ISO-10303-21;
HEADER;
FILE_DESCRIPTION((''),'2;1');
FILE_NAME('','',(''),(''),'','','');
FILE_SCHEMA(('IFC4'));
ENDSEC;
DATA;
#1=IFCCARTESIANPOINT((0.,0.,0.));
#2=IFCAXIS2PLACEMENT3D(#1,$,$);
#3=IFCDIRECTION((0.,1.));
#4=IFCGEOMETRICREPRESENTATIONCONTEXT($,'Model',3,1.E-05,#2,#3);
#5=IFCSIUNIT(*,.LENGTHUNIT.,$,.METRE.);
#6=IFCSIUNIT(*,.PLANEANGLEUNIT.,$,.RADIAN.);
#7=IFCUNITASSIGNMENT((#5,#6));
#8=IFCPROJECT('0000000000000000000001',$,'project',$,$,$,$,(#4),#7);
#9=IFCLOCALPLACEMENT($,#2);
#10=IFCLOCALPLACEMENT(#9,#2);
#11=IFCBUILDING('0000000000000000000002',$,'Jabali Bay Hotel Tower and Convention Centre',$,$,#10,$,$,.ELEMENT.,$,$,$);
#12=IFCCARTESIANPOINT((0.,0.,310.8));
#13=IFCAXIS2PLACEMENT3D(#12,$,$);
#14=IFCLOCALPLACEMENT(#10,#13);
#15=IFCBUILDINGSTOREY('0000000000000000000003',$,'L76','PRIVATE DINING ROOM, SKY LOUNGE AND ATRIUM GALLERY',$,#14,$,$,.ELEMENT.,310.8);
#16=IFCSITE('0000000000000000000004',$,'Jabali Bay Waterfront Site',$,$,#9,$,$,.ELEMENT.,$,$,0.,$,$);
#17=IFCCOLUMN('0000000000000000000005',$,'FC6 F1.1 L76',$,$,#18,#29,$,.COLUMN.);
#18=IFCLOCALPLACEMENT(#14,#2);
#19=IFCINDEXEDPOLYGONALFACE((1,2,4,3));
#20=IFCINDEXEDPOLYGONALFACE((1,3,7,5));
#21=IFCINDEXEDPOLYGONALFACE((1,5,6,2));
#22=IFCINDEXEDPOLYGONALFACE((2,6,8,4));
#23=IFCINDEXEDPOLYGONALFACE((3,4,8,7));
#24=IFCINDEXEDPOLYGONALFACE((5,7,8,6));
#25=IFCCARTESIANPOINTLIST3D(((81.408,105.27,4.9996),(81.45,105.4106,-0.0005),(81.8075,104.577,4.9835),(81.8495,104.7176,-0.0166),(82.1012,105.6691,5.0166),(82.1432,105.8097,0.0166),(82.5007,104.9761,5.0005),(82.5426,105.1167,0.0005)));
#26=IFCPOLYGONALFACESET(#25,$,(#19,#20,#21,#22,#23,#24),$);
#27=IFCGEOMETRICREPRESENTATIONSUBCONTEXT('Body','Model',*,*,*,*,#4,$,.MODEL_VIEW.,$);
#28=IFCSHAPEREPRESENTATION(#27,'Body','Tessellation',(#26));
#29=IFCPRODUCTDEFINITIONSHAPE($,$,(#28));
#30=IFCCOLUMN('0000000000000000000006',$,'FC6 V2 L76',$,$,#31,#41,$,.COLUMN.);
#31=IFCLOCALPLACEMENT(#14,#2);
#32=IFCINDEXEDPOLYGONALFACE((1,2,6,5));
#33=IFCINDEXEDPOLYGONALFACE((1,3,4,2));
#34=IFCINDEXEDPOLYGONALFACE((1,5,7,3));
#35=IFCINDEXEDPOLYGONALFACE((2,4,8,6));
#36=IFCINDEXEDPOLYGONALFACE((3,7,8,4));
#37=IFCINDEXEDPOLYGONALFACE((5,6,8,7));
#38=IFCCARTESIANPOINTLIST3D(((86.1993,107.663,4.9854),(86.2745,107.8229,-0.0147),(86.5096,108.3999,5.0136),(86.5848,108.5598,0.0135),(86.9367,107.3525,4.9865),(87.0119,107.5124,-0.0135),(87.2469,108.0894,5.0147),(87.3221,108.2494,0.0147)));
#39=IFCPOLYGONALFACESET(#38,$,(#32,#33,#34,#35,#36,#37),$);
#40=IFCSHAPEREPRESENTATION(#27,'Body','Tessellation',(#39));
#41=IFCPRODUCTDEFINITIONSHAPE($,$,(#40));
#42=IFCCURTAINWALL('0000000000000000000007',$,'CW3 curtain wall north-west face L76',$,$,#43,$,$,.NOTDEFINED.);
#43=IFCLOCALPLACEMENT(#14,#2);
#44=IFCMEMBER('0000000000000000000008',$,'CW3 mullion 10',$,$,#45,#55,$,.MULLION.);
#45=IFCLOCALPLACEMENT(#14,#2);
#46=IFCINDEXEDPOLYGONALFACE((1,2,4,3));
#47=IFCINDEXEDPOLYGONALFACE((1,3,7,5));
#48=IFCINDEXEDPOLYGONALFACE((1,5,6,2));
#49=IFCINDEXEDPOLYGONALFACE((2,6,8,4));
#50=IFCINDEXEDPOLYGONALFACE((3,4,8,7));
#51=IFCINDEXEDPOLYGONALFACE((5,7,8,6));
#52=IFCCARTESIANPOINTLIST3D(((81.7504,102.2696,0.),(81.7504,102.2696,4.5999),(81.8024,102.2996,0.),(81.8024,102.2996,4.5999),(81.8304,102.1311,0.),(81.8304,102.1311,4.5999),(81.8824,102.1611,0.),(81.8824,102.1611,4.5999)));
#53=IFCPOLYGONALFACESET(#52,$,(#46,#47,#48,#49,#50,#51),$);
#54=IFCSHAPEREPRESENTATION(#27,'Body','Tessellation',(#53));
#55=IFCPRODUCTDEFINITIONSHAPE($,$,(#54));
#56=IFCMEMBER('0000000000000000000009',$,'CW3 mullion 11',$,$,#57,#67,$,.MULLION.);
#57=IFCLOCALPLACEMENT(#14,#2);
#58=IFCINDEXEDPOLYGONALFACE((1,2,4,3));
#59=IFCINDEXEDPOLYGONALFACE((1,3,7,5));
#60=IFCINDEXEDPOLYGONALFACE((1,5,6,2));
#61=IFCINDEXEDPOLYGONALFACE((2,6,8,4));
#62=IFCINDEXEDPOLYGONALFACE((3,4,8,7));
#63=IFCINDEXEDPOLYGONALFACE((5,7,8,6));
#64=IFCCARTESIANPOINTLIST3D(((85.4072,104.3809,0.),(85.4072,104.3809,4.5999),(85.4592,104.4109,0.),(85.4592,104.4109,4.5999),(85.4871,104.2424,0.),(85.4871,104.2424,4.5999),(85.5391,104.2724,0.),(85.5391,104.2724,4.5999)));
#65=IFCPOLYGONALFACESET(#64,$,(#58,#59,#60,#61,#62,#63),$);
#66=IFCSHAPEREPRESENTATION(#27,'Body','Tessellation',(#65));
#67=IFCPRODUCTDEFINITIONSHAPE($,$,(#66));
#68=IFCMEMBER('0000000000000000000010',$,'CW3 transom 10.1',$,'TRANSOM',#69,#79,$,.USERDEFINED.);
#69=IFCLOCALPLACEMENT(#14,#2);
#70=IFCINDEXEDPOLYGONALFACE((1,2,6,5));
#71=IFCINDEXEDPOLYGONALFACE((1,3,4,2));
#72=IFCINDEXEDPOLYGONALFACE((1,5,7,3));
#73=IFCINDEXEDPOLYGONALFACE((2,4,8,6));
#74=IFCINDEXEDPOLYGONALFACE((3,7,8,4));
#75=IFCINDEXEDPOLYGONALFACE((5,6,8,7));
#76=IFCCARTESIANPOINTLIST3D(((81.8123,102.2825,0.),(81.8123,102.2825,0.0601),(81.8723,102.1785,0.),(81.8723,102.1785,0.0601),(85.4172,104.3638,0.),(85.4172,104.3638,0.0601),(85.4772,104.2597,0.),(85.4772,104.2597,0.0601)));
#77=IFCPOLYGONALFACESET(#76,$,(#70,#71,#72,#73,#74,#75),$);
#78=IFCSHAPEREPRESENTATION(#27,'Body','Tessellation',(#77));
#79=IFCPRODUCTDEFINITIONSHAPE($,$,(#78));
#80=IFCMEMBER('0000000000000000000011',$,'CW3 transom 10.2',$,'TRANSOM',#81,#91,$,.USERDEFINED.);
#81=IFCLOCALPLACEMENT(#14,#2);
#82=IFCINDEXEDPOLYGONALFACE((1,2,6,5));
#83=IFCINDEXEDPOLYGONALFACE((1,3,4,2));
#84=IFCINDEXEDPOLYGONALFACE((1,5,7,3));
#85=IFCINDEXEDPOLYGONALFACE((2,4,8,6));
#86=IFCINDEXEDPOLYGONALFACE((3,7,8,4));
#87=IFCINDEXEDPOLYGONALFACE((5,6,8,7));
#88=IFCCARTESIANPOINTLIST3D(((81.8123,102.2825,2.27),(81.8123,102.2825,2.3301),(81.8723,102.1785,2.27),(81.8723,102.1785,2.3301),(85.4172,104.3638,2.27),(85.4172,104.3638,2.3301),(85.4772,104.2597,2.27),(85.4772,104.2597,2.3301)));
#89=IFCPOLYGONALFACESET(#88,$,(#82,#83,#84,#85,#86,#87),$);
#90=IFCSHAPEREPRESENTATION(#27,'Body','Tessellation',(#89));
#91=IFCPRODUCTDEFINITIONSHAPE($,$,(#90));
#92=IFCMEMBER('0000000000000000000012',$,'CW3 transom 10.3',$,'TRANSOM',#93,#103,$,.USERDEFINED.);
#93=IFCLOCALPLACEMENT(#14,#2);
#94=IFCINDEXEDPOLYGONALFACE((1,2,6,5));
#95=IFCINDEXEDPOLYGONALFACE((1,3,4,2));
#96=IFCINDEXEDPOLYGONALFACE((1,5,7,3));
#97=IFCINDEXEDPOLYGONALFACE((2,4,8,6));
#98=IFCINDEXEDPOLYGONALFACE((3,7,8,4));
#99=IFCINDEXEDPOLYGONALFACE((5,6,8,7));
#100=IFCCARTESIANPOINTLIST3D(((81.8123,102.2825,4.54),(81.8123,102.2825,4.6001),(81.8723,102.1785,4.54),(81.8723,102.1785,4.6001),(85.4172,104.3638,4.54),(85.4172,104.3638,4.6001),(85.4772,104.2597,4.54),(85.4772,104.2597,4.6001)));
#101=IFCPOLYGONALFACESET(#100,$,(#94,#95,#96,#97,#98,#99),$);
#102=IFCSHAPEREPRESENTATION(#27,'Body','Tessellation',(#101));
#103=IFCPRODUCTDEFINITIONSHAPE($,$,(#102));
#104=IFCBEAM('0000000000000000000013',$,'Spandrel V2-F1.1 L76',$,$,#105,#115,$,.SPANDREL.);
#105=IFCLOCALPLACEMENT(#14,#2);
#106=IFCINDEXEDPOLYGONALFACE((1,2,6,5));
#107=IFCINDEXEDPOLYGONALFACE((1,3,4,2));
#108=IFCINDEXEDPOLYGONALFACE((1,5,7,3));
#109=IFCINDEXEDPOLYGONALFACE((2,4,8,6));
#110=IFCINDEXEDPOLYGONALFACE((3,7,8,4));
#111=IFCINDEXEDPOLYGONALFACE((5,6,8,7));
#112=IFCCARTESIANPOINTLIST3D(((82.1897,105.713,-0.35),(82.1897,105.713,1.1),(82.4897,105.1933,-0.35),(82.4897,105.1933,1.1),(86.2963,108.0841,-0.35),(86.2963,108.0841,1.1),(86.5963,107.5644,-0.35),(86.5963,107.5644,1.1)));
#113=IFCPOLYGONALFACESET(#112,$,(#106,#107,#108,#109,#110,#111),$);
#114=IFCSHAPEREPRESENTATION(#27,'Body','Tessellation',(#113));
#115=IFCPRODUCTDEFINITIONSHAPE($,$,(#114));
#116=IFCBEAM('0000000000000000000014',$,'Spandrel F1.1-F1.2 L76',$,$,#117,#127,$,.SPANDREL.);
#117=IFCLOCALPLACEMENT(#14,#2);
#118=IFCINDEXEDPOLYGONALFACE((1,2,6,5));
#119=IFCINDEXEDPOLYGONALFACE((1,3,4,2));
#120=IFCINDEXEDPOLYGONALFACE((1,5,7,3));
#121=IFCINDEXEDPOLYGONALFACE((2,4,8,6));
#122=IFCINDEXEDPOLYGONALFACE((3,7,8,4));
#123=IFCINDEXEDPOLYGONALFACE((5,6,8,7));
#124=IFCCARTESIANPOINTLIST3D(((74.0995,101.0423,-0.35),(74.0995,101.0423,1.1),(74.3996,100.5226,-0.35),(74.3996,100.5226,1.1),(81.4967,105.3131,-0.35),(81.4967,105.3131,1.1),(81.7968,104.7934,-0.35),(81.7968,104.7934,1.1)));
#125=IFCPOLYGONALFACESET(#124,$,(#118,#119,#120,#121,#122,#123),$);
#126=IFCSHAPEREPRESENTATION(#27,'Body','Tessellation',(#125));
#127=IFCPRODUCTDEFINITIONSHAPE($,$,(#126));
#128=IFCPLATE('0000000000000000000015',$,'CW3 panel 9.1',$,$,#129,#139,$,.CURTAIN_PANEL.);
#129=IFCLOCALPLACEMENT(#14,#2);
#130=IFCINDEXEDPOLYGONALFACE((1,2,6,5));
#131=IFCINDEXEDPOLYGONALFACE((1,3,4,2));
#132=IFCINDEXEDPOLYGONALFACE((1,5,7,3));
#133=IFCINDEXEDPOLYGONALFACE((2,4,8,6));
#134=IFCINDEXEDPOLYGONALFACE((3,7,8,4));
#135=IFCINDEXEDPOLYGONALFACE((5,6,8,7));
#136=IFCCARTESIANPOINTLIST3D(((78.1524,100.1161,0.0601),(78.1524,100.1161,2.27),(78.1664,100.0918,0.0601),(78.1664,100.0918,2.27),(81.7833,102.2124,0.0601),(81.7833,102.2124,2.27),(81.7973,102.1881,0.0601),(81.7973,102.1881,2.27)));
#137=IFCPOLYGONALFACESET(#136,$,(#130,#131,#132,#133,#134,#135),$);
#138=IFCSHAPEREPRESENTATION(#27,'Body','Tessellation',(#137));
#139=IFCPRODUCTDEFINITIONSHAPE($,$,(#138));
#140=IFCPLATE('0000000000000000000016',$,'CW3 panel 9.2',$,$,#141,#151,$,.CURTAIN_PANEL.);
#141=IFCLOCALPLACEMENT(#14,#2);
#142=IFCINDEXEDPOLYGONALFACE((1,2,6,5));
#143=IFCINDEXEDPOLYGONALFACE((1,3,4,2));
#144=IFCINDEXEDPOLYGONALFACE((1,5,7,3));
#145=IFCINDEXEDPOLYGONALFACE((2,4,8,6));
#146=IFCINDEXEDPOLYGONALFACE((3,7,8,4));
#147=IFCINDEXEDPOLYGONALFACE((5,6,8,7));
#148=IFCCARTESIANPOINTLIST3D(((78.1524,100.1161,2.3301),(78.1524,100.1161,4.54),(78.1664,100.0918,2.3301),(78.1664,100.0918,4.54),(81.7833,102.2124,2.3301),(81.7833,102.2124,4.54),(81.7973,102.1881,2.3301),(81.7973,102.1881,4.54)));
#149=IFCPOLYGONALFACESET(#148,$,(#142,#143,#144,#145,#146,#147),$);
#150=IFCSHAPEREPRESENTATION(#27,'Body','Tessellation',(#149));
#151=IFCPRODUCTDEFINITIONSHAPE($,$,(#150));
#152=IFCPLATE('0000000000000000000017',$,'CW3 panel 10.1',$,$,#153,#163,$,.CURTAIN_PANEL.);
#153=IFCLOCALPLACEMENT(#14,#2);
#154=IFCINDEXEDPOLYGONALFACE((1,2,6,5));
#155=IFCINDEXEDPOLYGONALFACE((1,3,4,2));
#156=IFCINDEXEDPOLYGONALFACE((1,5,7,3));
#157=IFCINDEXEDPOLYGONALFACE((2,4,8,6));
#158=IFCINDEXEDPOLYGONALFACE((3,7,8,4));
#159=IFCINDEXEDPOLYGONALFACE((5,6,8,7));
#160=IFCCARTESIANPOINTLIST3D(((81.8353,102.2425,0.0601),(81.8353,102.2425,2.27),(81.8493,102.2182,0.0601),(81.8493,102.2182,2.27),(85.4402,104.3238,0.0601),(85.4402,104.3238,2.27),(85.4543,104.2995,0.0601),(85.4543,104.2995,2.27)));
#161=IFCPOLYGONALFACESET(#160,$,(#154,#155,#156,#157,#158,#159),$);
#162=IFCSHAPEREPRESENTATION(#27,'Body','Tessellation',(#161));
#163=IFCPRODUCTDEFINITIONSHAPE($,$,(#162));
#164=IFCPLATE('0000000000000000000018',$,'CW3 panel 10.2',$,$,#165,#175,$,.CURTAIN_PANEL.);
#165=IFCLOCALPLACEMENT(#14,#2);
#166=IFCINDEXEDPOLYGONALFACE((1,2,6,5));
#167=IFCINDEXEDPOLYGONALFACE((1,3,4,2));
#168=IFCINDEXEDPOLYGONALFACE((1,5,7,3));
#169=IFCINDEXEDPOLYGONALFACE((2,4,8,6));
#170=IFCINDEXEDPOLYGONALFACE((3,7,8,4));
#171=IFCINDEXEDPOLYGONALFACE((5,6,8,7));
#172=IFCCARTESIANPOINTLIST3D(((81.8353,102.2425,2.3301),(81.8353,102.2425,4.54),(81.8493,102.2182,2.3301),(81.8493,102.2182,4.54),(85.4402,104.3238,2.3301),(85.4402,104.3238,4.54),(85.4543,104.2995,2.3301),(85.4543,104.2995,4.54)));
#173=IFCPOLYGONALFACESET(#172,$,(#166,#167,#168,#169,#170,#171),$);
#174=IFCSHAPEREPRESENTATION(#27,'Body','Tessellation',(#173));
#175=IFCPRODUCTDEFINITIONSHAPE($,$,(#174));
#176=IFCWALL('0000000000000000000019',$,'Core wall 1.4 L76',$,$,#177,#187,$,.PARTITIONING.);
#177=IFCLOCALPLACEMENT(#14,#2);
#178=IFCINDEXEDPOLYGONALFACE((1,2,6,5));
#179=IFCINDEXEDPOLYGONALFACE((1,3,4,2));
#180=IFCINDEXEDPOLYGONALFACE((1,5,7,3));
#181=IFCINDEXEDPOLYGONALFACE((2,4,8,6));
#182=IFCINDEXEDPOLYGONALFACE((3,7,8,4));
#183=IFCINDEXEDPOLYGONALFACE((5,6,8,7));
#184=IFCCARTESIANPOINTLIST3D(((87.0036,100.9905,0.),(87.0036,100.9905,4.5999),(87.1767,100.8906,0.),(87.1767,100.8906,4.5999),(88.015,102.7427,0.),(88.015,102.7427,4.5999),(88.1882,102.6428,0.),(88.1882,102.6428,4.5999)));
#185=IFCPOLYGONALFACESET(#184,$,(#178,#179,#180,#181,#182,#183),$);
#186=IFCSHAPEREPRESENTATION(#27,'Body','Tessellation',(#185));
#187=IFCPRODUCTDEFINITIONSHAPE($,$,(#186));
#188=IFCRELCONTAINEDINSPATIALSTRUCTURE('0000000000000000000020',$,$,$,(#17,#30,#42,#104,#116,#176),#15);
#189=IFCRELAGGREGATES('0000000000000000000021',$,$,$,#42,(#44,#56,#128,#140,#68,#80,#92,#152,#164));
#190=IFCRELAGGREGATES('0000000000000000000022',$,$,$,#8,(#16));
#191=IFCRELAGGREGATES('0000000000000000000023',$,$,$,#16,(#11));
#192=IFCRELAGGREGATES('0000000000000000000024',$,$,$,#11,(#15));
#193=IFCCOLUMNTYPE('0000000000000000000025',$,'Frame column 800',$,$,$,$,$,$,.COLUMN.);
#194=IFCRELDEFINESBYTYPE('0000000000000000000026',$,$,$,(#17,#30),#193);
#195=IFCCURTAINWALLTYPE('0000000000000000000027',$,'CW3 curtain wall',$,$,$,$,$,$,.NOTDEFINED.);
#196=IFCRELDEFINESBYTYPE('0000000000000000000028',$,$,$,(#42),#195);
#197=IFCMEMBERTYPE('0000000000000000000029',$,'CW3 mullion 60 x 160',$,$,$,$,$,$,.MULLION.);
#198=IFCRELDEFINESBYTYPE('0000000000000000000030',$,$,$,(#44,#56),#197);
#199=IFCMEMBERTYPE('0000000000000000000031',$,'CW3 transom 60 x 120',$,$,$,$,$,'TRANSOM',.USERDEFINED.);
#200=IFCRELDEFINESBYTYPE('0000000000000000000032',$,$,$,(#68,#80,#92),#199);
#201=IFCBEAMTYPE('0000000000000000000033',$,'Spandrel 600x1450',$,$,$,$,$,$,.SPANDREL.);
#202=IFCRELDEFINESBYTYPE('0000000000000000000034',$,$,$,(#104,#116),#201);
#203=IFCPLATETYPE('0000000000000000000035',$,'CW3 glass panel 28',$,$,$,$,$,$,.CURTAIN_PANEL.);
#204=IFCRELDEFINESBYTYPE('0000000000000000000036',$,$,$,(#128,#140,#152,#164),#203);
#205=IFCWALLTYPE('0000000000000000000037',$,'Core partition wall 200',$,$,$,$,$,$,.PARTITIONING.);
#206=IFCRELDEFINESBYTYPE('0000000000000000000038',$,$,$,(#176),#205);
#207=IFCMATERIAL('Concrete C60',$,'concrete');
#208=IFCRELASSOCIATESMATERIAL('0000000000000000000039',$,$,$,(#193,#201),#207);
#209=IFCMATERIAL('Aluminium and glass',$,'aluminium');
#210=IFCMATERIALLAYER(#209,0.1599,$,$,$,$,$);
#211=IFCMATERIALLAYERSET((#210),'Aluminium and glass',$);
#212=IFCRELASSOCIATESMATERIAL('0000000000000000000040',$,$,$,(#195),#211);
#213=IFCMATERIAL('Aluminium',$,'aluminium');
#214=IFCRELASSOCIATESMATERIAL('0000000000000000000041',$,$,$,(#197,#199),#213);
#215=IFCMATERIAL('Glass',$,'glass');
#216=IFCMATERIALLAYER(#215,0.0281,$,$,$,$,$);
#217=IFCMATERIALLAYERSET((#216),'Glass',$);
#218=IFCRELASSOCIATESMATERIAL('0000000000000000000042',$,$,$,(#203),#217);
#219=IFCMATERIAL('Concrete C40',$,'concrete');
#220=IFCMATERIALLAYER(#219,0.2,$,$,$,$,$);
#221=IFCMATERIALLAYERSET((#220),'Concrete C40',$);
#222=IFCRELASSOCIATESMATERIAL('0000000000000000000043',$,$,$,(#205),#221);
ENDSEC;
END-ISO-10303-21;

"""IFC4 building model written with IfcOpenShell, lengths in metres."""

from ifc_helpers import new_model, si_unit, direction, frame, frame_2d, origin, origin_2d, place, context, subcontext, project, spatial, rectangle, extrude, material, layer, layer_set, material_profile, profile_set, type_object, element, aggregate, save


model = new_model("IFC4")

# Units and contexts
model_context = context("Model", 3, precision=1e-05, world=origin(), true_north=direction((0.0, 1.0)))
body_context = subcontext(model_context, "Body", "Model", "MODEL_VIEW")
ifc_project = project(units=[si_unit("LENGTHUNIT", "METRE"), si_unit("PLANEANGLEUNIT", "RADIAN")], contexts=[model_context])

# Site, building, storey
site_placement = place(None, origin())
site = spatial("IfcSite", under=ifc_project, at=site_placement, Name="Jabali Bay Waterfront Site", CompositionType="ELEMENT", RefElevation=0.0)
building_placement = place(site_placement, origin())
building = spatial("IfcBuilding", under=site, at=building_placement, Name="Jabali Bay Hotel Tower and Convention Centre", CompositionType="ELEMENT")
storey_placement = place(building_placement, frame((0.0, 0.0, 310.8)))
storey = spatial("IfcBuildingStorey", under=building, at=storey_placement, Name="L76", Description="PRIVATE DINING ROOM, SKY LOUNGE AND ATRIUM GALLERY", CompositionType="ELEMENT", Elevation=310.8)

# Columns
ifc_material_1 = material(Name="Concrete C60", Category="concrete")
ifc_material_profile_1 = material_profile(ifc_material_1, rectangle(XDim=0.8, YDim=0.8, at=origin_2d()), Name="Frame column 800")
ifc_profile_set_1 = profile_set([ifc_material_profile_1], Name="Concrete C60")
column_type = type_object("IfcColumnType", Name="Frame column 800", PredefinedType="COLUMN", material=ifc_profile_set_1)
column_1_placement = place(storey_placement, frame((81.9963, 105.2637, 0.0), z_axis=(-0.008395, -0.028113, 0.99957), x_axis=(0.866396, 0.498903, 0.021308)))
element("IfcColumn", 1, at=column_1_placement, inside=storey, type_object=column_type, Name="FC6 F1.1 L76", PredefinedType="COLUMN", context=body_context, shape_type="SweptSolid", body=[
    extrude(rectangle(XDim=0.8, YDim=0.8, at=origin_2d()), origin(), (0.0, 0.0, 1.0), 5.0022),
])
column_2_placement = place(storey_placement, frame((86.7983, 108.0361, 0.0), z_axis=(-0.01503, -0.031962, 0.999376), x_axis=(0.921631, -0.388065, 0.001449)))
element("IfcColumn", 2, at=column_2_placement, inside=storey, type_object=column_type, Name="FC6 V2 L76", PredefinedType="COLUMN", context=body_context, shape_type="SweptSolid", body=[
    extrude(rectangle(XDim=0.8, YDim=0.8, at=origin_2d()), origin(), (0.0, 0.0, 1.0), 5.0032),
])

# Curtain wall, members
ifc_material_2 = material(Name="Aluminium and glass", Category="aluminium")
ifc_layer_1 = layer(ifc_material_2, 0.1599)
ifc_layer_set_1 = layer_set([ifc_layer_1], Name="Aluminium and glass")
curtain_wall_type = type_object("IfcCurtainWallType", Name="CW3 curtain wall", PredefinedType="NOTDEFINED", material=ifc_layer_set_1)
curtain_wall_placement = place(storey_placement, origin())
curtain_wall = element("IfcCurtainWall", 3, at=curtain_wall_placement, inside=storey, type_object=curtain_wall_type, Name="CW3 curtain wall north-west face L76", PredefinedType="NOTDEFINED")
ifc_material_3 = material(Name="Aluminium", Category="aluminium")
ifc_material_profile_2 = material_profile(ifc_material_3, rectangle(XDim=0.1599, YDim=0.0601, at=origin_2d()), Name="CW3 mullion 60 x 160")
ifc_profile_set_2 = profile_set([ifc_material_profile_2], Name="Aluminium")
member_type_1 = type_object("IfcMemberType", Name="CW3 mullion 60 x 160", PredefinedType="MULLION", material=ifc_profile_set_2)
member_1_placement = place(storey_placement, frame((81.8164, 102.2153, 0.0), z_axis=(0.0, 0.0, 1.0), x_axis=(-0.5, 0.866025, 0.0)))
member_1 = element("IfcMember", 4, at=member_1_placement, type_object=member_type_1, Name="CW3 mullion 10", PredefinedType="MULLION", context=body_context, shape_type="SweptSolid", body=[
    extrude(rectangle(XDim=0.1599, YDim=0.0601, at=origin_2d()), origin(), (0.0, 0.0, 1.0), 4.5999),
])
member_2_placement = place(storey_placement, frame((85.4731, 104.3267, 0.0), z_axis=(0.0, 0.0, 1.0), x_axis=(-0.5, 0.866025, 0.0)))
member_2 = element("IfcMember", 5, at=member_2_placement, type_object=member_type_1, Name="CW3 mullion 11", PredefinedType="MULLION", context=body_context, shape_type="SweptSolid", body=[
    extrude(rectangle(XDim=0.1599, YDim=0.0601, at=origin_2d()), origin(), (0.0, 0.0, 1.0), 4.5999),
])
ifc_material_profile_3 = material_profile(ifc_material_3, rectangle(XDim=0.1201, YDim=0.0601, at=origin_2d()), Name="CW3 transom 60 x 120")
ifc_profile_set_3 = profile_set([ifc_material_profile_3], Name="Aluminium")
member_type_2 = type_object("IfcMemberType", Name="CW3 transom 60 x 120", ElementType="TRANSOM", PredefinedType="USERDEFINED", material=ifc_profile_set_3)
member_3_placement = place(storey_placement, frame((81.8423, 102.2305, 0.03), z_axis=(0.866029, 0.499993, 0.0), x_axis=(-0.499993, 0.866029, 0.0)))
member_3 = element("IfcMember", 6, at=member_3_placement, type_object=member_type_2, Name="CW3 transom 10.1", ObjectType="TRANSOM", PredefinedType="USERDEFINED", context=body_context, shape_type="SweptSolid", body=[
    extrude(rectangle(XDim=0.1201, YDim=0.0601, at=origin_2d()), origin(), (0.0, 0.0, 1.0), 4.1626),
])
member_4_placement = place(storey_placement, frame((81.8423, 102.2305, 2.3), z_axis=(0.866029, 0.499993, 0.0), x_axis=(-0.499993, 0.866029, 0.0)))
member_4 = element("IfcMember", 7, at=member_4_placement, type_object=member_type_2, Name="CW3 transom 10.2", ObjectType="TRANSOM", PredefinedType="USERDEFINED", context=body_context, shape_type="SweptSolid", body=[
    extrude(rectangle(XDim=0.1201, YDim=0.0601, at=origin_2d()), origin(), (0.0, 0.0, 1.0), 4.1626),
])
member_5_placement = place(storey_placement, frame((81.8423, 102.2305, 4.5701), z_axis=(0.866029, 0.499993, 0.0), x_axis=(-0.499993, 0.866029, 0.0)))
member_5 = element("IfcMember", 8, at=member_5_placement, type_object=member_type_2, Name="CW3 transom 10.3", ObjectType="TRANSOM", PredefinedType="USERDEFINED", context=body_context, shape_type="SweptSolid", body=[
    extrude(rectangle(XDim=0.1201, YDim=0.0601, at=origin_2d()), origin(), (0.0, 0.0, 1.0), 4.1626),
])

# Beams
ifc_material_profile_4 = material_profile(ifc_material_1, rectangle(XDim=0.6001, YDim=1.45, at=origin_2d()), Name="Spandrel 600x1450")
ifc_profile_set_4 = profile_set([ifc_material_profile_4], Name="Concrete C60")
beam_type = type_object("IfcBeamType", Name="Spandrel 600x1450", PredefinedType="SPANDREL", material=ifc_profile_set_4)
beam_1_placement = place(storey_placement, frame((86.4463, 107.8242, 0.375), z_axis=(-0.866017, -0.500015, 0.0), x_axis=(0.500015, -0.866017, 0.0)))
element("IfcBeam", 9, at=beam_1_placement, inside=storey, type_object=beam_type, Name="Spandrel V2-F1.1 L76", PredefinedType="SPANDREL", context=body_context, shape_type="SweptSolid", body=[
    extrude(rectangle(XDim=0.6001, YDim=1.45, at=origin_2d()), origin(), (0.0, 0.0, 1.0), 4.7419),
])
beam_2_placement = place(storey_placement, frame((81.6467, 105.0532, 0.375), z_axis=(-0.866027, -0.499997, 0.0), x_axis=(0.499997, -0.866027, 0.0)))
element("IfcBeam", 10, at=beam_2_placement, inside=storey, type_object=beam_type, Name="Spandrel F1.1-F1.2 L76", PredefinedType="SPANDREL", context=body_context, shape_type="SweptSolid", body=[
    extrude(rectangle(XDim=0.6001, YDim=1.45, at=origin_2d()), origin(), (0.0, 0.0, 1.0), 8.5415),
])

# Plates
ifc_material_4 = material(Name="Glass", Category="glass")
ifc_layer_2 = layer(ifc_material_4, 0.0281)
ifc_layer_set_2 = layer_set([ifc_layer_2], Name="Glass")
plate_type = type_object("IfcPlateType", Name="CW3 glass panel 28", PredefinedType="CURTAIN_PANEL", material=ifc_layer_set_2)
plate_1_placement = place(storey_placement, frame((79.9749, 101.1521, 0.0601), z_axis=(0.0, 0.0, 1.0), x_axis=(0.866025, 0.5, 0.0)))
plate_1 = element("IfcPlate", 11, at=plate_1_placement, type_object=plate_type, Name="CW3 panel 9.1", PredefinedType="CURTAIN_PANEL", context=body_context, shape_type="SweptSolid", body=[
    extrude(rectangle(XDim=4.1926, YDim=0.0281, at=origin_2d()), origin(), (0.0, 0.0, 1.0), 2.21),
])
plate_2_placement = place(storey_placement, frame((79.9749, 101.1521, 2.3301), z_axis=(0.0, 0.0, 1.0), x_axis=(0.866025, 0.5, 0.0)))
plate_2 = element("IfcPlate", 12, at=plate_2_placement, type_object=plate_type, Name="CW3 panel 9.2", PredefinedType="CURTAIN_PANEL", context=body_context, shape_type="SweptSolid", body=[
    extrude(rectangle(XDim=4.1926, YDim=0.0281, at=origin_2d()), origin(), (0.0, 0.0, 1.0), 2.21),
])
plate_3_placement = place(storey_placement, frame((83.6448, 103.271, 0.0601), z_axis=(0.0, 0.0, 1.0), x_axis=(0.866025, 0.5, 0.0)))
plate_3 = element("IfcPlate", 13, at=plate_3_placement, type_object=plate_type, Name="CW3 panel 10.1", PredefinedType="CURTAIN_PANEL", context=body_context, shape_type="SweptSolid", body=[
    extrude(rectangle(XDim=4.1626, YDim=0.0281, at=origin_2d()), origin(), (0.0, 0.0, 1.0), 2.21),
])
plate_4_placement = place(storey_placement, frame((83.6448, 103.271, 2.3301), z_axis=(0.0, 0.0, 1.0), x_axis=(0.866025, 0.5, 0.0)))
plate_4 = element("IfcPlate", 14, at=plate_4_placement, type_object=plate_type, Name="CW3 panel 10.2", PredefinedType="CURTAIN_PANEL", context=body_context, shape_type="SweptSolid", body=[
    extrude(rectangle(XDim=4.1626, YDim=0.0281, at=origin_2d()), origin(), (0.0, 0.0, 1.0), 2.21),
])
aggregate(curtain_wall, [member_1, member_2, plate_1, plate_2, member_3, member_4, member_5, plate_3, plate_4])

# Wall
ifc_material_5 = material(Name="Concrete C40", Category="concrete")
ifc_layer_3 = layer(ifc_material_5, 0.2)
ifc_layer_set_3 = layer_set([ifc_layer_3], Name="Concrete C40")
wall_type_1 = type_object("IfcWallType", Name="Core partition wall 200", PredefinedType="PARTITIONING", material=ifc_layer_set_3)
wall_1_placement = place(storey_placement, frame((87.0901, 100.9404, 0.0), z_axis=(0.0, 0.0, 1.0), x_axis=(0.499942, 0.866059, 0.0)))
element("IfcWall", 15, at=wall_1_placement, inside=storey, type_object=wall_type_1, Name="Core wall 1.4 L76", PredefinedType="PARTITIONING", context=body_context, shape_type="SweptSolid", body=[
    extrude(rectangle(XDim=2.0232, YDim=0.2, at=frame_2d((1.0117, 0.0))), origin(), (0.0, 0.0, 1.0), 4.5999),
])

save(model, "model.ifc")
